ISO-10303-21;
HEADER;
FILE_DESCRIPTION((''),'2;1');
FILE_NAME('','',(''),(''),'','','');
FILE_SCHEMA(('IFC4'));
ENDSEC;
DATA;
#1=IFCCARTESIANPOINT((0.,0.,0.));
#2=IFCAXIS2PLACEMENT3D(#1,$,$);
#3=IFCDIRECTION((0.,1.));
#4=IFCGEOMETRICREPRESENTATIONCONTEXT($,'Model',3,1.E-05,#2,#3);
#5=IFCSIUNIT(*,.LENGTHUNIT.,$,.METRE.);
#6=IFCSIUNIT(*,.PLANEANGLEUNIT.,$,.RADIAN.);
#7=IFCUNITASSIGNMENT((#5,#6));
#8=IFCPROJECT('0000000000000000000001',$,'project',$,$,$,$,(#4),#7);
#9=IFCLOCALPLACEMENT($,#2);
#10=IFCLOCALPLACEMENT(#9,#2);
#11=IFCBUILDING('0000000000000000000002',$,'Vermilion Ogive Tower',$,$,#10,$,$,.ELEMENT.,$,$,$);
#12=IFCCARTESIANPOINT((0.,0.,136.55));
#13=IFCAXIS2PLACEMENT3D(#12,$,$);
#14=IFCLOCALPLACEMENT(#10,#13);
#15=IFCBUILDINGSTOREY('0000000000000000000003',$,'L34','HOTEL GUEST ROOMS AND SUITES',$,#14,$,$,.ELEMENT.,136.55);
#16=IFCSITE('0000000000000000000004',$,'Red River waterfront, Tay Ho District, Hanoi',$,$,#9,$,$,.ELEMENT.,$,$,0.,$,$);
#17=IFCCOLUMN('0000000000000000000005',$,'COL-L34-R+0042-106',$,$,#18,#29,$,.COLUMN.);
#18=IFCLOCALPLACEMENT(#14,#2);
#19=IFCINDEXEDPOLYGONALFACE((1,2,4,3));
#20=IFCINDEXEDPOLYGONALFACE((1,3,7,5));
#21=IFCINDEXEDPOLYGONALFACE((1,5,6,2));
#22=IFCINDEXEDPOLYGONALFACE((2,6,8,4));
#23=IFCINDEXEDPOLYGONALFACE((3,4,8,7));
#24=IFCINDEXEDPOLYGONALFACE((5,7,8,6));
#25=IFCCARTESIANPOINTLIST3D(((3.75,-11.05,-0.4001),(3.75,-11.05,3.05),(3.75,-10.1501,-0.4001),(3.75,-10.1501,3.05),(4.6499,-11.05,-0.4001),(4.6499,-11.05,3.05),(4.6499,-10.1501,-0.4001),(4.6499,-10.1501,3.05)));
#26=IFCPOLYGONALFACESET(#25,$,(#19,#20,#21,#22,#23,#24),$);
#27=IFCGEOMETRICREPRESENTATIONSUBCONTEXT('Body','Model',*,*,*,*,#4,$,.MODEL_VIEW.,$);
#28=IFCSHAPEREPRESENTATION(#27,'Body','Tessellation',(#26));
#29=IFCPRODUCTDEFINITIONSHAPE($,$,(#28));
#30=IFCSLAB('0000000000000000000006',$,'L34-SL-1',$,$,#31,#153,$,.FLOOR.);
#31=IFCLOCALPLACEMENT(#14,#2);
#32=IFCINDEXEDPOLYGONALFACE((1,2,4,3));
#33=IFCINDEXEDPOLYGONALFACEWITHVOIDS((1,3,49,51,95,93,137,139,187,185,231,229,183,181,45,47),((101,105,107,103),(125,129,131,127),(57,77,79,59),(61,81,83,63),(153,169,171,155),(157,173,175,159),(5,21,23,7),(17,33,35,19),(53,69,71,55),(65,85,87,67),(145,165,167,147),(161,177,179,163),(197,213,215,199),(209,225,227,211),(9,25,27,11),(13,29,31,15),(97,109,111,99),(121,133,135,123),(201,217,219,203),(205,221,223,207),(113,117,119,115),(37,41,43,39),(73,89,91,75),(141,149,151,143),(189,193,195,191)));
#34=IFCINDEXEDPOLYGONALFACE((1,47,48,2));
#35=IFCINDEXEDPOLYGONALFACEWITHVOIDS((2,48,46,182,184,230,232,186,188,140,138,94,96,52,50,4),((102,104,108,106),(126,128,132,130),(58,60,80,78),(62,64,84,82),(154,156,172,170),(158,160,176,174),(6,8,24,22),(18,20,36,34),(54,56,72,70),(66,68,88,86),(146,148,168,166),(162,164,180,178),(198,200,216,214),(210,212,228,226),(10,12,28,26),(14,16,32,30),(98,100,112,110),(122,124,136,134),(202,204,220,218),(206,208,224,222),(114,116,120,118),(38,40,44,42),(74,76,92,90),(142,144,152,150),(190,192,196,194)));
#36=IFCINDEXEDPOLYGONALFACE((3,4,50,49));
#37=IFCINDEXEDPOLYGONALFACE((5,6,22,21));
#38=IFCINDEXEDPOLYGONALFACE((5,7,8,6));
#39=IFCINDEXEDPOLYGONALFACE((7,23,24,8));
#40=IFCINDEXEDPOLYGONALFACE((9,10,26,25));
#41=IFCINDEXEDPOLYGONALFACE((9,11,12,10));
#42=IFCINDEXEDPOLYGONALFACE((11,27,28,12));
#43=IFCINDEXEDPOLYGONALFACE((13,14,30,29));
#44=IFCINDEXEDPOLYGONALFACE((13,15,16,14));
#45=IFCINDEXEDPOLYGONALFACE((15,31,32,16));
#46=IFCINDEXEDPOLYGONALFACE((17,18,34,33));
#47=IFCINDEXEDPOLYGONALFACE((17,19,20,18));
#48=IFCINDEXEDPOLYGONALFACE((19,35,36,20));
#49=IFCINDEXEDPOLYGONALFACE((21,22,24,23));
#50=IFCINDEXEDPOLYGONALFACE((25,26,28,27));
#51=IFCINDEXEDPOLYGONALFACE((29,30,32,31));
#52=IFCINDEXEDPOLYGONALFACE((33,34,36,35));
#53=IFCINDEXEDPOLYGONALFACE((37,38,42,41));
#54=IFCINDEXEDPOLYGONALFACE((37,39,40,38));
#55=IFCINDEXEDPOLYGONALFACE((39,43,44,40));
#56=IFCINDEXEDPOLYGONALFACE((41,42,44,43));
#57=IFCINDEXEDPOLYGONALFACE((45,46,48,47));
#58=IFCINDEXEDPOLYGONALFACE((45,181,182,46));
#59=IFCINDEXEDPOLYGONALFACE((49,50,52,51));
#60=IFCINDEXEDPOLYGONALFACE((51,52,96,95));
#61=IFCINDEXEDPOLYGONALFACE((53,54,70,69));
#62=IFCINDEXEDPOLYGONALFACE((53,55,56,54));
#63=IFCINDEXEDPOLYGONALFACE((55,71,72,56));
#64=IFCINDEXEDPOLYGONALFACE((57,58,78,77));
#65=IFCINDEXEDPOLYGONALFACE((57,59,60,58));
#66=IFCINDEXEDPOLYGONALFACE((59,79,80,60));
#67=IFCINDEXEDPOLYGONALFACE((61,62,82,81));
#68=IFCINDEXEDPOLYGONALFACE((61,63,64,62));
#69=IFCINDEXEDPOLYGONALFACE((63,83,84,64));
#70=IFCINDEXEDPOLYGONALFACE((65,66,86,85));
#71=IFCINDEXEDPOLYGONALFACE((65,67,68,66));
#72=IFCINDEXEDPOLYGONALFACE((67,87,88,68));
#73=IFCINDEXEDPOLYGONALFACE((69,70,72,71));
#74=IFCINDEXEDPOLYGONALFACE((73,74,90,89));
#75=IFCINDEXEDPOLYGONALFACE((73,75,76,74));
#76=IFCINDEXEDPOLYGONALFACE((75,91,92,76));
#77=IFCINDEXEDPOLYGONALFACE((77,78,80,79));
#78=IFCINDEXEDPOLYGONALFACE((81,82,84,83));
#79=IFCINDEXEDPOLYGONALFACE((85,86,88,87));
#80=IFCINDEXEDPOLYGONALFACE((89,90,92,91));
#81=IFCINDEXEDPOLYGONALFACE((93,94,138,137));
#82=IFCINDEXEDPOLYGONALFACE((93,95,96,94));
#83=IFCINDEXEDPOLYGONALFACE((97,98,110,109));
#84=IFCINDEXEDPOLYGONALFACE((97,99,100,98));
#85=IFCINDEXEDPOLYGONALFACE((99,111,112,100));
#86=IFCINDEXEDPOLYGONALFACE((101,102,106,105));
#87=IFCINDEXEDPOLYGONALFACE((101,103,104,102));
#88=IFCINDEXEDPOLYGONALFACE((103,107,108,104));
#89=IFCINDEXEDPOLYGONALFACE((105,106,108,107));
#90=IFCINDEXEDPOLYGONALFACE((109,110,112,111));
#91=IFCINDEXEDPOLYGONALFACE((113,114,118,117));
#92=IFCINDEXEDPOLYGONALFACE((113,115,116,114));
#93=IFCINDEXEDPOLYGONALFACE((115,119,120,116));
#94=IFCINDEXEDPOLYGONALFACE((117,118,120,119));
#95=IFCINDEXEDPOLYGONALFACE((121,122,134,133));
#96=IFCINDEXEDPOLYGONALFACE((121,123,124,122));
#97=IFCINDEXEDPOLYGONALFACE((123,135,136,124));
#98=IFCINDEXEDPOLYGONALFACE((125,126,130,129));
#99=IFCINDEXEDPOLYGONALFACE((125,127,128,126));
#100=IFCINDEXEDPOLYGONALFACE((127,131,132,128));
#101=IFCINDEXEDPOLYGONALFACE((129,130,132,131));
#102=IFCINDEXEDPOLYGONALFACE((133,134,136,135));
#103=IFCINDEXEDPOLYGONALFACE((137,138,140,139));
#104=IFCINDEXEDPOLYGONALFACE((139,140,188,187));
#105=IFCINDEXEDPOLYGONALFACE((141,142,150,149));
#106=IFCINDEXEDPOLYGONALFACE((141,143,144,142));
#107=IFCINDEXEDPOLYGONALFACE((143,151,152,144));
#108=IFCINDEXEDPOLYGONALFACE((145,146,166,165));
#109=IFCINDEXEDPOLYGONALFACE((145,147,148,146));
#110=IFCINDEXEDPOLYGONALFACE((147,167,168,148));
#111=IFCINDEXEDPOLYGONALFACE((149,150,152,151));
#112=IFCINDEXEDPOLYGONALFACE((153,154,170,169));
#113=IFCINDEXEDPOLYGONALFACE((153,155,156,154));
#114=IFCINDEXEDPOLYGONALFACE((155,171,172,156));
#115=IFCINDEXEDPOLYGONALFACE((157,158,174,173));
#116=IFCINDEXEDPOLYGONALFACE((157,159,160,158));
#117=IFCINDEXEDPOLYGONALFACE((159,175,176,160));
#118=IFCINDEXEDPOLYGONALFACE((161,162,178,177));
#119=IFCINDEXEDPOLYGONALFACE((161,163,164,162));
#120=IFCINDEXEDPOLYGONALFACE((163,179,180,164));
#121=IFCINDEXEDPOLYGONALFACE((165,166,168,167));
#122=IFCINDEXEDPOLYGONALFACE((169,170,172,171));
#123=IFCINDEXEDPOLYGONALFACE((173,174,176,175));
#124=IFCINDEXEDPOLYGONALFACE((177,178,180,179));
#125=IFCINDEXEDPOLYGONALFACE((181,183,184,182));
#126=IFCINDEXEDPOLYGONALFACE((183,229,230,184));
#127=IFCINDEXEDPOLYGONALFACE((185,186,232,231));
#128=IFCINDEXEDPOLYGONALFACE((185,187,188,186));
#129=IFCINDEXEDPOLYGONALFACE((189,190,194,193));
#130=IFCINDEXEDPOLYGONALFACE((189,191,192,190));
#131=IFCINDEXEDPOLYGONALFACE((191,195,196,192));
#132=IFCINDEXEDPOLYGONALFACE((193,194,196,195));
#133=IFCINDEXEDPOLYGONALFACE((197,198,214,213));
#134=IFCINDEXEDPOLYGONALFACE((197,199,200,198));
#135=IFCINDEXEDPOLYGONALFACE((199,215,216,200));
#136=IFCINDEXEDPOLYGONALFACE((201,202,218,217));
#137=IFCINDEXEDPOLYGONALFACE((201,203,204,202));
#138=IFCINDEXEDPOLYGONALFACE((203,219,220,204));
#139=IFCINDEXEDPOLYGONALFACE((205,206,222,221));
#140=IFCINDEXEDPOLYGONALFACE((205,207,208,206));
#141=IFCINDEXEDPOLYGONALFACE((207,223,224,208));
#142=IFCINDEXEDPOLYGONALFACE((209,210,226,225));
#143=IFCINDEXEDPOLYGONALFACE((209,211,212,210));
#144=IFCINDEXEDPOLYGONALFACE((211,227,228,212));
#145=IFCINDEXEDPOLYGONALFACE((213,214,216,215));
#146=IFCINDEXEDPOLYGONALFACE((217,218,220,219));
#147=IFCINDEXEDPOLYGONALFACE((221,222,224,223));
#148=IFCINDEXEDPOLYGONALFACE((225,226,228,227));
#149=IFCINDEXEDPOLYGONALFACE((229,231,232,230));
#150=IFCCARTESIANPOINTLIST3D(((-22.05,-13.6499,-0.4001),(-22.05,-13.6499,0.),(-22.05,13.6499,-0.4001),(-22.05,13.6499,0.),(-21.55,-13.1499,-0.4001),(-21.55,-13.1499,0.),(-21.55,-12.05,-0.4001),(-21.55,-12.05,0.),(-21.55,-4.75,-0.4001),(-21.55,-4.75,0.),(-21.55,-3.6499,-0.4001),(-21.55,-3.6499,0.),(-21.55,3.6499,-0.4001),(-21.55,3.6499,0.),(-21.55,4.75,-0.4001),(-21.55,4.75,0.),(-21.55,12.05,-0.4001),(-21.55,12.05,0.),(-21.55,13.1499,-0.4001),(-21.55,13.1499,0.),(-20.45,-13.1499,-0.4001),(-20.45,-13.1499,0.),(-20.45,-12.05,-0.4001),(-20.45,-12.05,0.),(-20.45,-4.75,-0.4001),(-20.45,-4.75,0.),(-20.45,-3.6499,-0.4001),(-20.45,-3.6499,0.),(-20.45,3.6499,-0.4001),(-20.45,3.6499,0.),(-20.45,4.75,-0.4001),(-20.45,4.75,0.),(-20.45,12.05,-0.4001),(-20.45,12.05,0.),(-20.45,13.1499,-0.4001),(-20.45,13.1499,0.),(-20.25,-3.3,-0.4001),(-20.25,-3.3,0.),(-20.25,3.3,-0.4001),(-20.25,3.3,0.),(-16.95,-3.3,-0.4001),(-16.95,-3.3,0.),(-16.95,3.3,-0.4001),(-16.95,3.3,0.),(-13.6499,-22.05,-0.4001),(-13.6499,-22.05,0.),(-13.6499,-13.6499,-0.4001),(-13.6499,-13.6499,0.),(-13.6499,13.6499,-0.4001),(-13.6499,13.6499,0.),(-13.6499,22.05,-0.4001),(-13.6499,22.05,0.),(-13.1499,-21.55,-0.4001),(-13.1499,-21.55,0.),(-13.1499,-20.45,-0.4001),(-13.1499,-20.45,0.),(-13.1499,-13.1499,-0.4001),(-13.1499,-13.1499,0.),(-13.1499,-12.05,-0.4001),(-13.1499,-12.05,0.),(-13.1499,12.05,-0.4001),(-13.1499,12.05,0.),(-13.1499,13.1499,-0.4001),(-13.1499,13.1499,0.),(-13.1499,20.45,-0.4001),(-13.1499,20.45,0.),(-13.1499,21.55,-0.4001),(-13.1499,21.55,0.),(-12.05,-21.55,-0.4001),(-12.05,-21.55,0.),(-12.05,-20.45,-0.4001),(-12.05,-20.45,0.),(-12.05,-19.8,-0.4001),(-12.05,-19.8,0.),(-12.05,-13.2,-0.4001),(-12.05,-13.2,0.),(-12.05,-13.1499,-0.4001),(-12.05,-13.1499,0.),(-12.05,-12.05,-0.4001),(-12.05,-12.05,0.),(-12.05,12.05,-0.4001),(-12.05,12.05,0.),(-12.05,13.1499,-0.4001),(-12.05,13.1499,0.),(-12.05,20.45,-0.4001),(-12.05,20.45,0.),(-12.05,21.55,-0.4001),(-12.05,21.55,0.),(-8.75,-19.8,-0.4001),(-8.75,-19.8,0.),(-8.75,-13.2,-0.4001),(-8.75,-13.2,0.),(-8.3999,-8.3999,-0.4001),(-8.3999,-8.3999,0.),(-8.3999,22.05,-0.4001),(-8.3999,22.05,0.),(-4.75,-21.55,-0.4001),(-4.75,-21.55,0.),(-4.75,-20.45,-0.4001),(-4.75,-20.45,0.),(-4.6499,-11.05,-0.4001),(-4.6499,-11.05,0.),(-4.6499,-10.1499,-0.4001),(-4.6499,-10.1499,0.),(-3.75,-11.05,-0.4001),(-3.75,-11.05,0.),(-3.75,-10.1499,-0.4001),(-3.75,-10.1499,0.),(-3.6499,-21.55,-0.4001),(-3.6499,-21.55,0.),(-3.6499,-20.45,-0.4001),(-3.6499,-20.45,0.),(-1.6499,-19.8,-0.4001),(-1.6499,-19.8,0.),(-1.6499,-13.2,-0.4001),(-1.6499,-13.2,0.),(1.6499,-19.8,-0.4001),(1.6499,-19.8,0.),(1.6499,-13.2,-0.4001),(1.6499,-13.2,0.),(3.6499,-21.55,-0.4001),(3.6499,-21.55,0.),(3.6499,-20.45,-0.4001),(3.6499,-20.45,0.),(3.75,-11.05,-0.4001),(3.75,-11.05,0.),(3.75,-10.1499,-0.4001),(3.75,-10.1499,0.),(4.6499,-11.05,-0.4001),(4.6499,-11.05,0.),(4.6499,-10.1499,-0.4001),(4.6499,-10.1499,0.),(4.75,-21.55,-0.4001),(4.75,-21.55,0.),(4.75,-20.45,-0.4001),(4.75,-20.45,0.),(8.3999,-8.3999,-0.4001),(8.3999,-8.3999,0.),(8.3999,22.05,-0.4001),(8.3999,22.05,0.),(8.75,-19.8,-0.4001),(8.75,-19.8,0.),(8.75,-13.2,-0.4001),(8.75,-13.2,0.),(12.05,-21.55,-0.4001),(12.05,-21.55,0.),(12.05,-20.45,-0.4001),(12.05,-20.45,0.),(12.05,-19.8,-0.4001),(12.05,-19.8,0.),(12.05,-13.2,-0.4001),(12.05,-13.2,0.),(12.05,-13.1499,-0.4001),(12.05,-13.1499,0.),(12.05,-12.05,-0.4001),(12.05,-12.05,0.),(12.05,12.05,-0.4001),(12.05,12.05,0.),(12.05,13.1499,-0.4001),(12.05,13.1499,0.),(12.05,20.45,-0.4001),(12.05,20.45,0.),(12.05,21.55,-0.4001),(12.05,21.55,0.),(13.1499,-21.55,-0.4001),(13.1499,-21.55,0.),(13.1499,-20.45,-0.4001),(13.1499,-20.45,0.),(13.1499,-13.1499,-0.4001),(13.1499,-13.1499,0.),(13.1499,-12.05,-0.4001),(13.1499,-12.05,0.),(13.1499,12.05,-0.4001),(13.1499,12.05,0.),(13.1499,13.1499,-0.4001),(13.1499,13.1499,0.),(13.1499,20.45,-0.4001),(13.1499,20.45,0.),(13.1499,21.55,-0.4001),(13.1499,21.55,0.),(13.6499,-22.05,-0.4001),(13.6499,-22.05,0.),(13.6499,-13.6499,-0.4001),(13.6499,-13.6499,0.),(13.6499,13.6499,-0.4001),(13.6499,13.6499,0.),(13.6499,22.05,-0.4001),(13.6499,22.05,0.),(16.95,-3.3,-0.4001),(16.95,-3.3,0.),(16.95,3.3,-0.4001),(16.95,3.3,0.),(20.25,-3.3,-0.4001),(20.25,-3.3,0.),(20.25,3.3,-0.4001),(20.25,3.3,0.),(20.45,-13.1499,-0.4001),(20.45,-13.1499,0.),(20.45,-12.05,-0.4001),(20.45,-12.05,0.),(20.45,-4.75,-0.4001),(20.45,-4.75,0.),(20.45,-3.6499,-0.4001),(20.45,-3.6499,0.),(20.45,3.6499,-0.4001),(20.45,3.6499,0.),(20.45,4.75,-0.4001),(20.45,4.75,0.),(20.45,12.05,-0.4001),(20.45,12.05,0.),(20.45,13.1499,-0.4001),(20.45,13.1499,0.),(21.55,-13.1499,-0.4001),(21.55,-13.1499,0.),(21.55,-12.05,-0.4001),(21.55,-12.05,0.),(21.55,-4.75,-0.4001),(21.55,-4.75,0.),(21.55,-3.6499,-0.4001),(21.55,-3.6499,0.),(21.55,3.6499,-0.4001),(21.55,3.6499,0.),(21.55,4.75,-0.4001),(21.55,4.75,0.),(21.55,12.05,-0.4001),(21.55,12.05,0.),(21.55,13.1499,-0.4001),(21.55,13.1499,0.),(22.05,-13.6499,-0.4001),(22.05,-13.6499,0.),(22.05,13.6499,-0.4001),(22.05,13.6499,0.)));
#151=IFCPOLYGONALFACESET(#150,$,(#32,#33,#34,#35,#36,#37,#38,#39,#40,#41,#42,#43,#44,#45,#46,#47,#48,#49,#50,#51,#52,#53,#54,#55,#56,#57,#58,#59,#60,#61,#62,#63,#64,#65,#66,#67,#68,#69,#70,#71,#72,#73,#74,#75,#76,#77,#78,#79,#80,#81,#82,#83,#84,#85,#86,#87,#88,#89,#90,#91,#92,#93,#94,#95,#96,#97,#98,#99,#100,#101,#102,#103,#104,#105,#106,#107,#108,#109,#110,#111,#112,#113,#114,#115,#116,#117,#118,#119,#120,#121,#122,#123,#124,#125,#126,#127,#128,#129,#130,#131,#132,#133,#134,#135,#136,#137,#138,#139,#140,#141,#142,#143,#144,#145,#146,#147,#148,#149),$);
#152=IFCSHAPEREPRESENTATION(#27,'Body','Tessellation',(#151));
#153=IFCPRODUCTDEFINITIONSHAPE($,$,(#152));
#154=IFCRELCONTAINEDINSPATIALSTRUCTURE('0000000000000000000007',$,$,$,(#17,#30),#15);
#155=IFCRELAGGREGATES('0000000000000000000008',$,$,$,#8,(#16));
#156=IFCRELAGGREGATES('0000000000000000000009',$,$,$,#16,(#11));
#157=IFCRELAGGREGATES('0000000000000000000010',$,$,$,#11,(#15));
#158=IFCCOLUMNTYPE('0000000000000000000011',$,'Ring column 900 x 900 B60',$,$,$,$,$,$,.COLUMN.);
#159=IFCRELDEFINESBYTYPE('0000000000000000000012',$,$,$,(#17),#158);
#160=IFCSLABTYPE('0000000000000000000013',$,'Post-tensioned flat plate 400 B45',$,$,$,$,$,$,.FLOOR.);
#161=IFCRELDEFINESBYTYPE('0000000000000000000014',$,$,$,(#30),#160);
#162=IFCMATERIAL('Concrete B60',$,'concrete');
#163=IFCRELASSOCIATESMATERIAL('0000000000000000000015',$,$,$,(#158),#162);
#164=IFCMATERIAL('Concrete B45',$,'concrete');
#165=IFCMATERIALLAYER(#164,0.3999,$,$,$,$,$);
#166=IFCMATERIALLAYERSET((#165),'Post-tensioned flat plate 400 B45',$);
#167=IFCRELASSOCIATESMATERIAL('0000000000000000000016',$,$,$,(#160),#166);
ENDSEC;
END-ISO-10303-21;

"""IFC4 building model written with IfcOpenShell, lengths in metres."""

from ifc_helpers import new_model, si_unit, direction, frame, origin, origin_2d, place, context, subcontext, project, spatial, polyline, rectangle, outline, extrude, material, layer, layer_set, material_profile, profile_set, type_object, element, save


model = new_model("IFC4")

# Units and contexts
model_context = context("Model", 3, precision=1e-05, world=origin(), true_north=direction((0.0, 1.0)))
body_context = subcontext(model_context, "Body", "Model", "MODEL_VIEW")
ifc_project = project(units=[si_unit("LENGTHUNIT", "METRE"), si_unit("PLANEANGLEUNIT", "RADIAN")], contexts=[model_context])

# Site, building, storey
site_placement = place(None, origin())
site = spatial("IfcSite", under=ifc_project, at=site_placement, Name="Red River waterfront, Tay Ho District, Hanoi", CompositionType="ELEMENT", RefElevation=0.0)
building_placement = place(site_placement, origin())
building = spatial("IfcBuilding", under=site, at=building_placement, Name="Vermilion Ogive Tower", CompositionType="ELEMENT")
storey_placement = place(building_placement, frame((0.0, 0.0, 136.55)))
storey = spatial("IfcBuildingStorey", under=building, at=storey_placement, Name="L34", Description="HOTEL GUEST ROOMS AND SUITES", CompositionType="ELEMENT", Elevation=136.55)

# Column
ifc_material_1 = material(Name="Concrete B60", Category="concrete")
ifc_material_profile = material_profile(ifc_material_1, rectangle(XDim=0.8999, YDim=0.8999, at=origin_2d()), Name="900 x 900")
ifc_profile_set = profile_set([ifc_material_profile], Name="Concrete B60")
column_type = type_object("IfcColumnType", Name="Ring column 900 x 900 B60", PredefinedType="COLUMN", material=ifc_profile_set)
column_placement = place(storey_placement, frame((4.2, -10.6001, -0.4001), z_axis=(0.0, 0.0, 1.0), x_axis=(1.0, 0.0, 0.0)))
element("IfcColumn", 1, at=column_placement, inside=storey, type_object=column_type, Name="COL-L34-R+0042-106", PredefinedType="COLUMN", context=body_context, shape_type="SweptSolid", body=[
    extrude(rectangle(XDim=0.8999, YDim=0.8999, at=origin_2d()), origin(), (0.0, 0.0, 1.0), 3.4502),
])

# Slab
ifc_material_2 = material(Name="Concrete B45", Category="concrete")
ifc_layer_1 = layer(ifc_material_2, 0.3999)
ifc_layer_set_1 = layer_set([ifc_layer_1], Name="Post-tensioned flat plate 400 B45")
slab_type = type_object("IfcSlabType", Name="Post-tensioned flat plate 400 B45", PredefinedType="FLOOR", material=ifc_layer_set_1)
slab_placement = place(storey_placement, frame((0.0, 0.0, -0.4001)))
element("IfcSlab", 2, at=slab_placement, inside=storey, type_object=slab_type, Name="L34-SL-1", PredefinedType="FLOOR", context=body_context, shape_type="SweptSolid", body=[
    extrude(outline(polyline([(-13.6499, -13.6499), (-22.05, -13.6499), (-22.05, 13.6499), (-13.6499, 13.6499), (-13.6499, 22.05), (-8.3999, 22.05), (-8.3999, -8.3999), (8.3999, -8.3999), (8.3999, 22.05), (13.6499, 22.05), (13.6499, 13.6499), (22.05, 13.6499), (22.05, -13.6499), (13.6499, -13.6499), (13.6499, -22.05), (-13.6499, -22.05), (-13.6499, -13.6499)]), holes=[polyline([(21.55, 12.05), (21.55, 13.1499), (20.45, 13.1499), (20.45, 12.05), (21.55, 12.05)]), polyline([(21.55, 3.6499), (21.55, 4.75), (20.45, 4.75), (20.45, 3.6499), (21.55, 3.6499)]), polyline([(21.55, -4.75), (21.55, -3.6499), (20.45, -3.6499), (20.45, -4.75), (21.55, -4.75)]), polyline([(21.55, -13.1499), (21.55, -12.05), (20.45, -12.05), (20.45, -13.1499), (21.55, -13.1499)]), polyline([(20.25, -3.3), (20.25, 3.3), (16.95, 3.3), (16.95, -3.3), (20.25, -3.3)]), polyline([(13.1499, 20.45), (13.1499, 21.55), (12.05, 21.55), (12.05, 20.45), (13.1499, 20.45)]), polyline([(13.1499, 12.05), (13.1499, 13.1499), (12.05, 13.1499), (12.05, 12.05), (13.1499, 12.05)]), polyline([(13.1499, -13.1499), (13.1499, -12.05), (12.05, -12.05), (12.05, -13.1499), (13.1499, -13.1499)]), polyline([(13.1499, -21.55), (13.1499, -20.45), (12.05, -20.45), (12.05, -21.55), (13.1499, -21.55)]), polyline([(12.05, -19.8), (12.05, -13.2), (8.75, -13.2), (8.75, -19.8), (12.05, -19.8)]), polyline([(4.75, -20.45), (3.6499, -20.45), (3.6499, -21.55), (4.75, -21.55), (4.75, -20.45)]), polyline([(4.6499, -11.05), (4.6499, -10.1499), (3.75, -10.1499), (3.75, -11.05), (4.6499, -11.05)]), polyline([(1.6499, -19.8), (1.6499, -13.2), (-1.6499, -13.2), (-1.6499, -19.8), (1.6499, -19.8)]), polyline([(-3.6499, -21.55), (-3.6499, -20.45), (-4.75, -20.45), (-4.75, -21.55), (-3.6499, -21.55)]), polyline([(-3.75, -11.05), (-3.75, -10.1499), (-4.6499, -10.1499), (-4.6499, -11.05), (-3.75, -11.05)]), polyline([(-8.75, -19.8), (-8.75, -13.2), (-12.05, -13.2), (-12.05, -19.8), (-8.75, -19.8)]), polyline([(-12.05, 20.45), (-12.05, 21.55), (-13.1499, 21.55), (-13.1499, 20.45), (-12.05, 20.45)]), polyline([(-12.05, 12.05), (-12.05, 13.1499), (-13.1499, 13.1499), (-13.1499, 12.05), (-12.05, 12.05)]), polyline([(-12.05, -13.1499), (-12.05, -12.05), (-13.1499, -12.05), (-13.1499, -13.1499), (-12.05, -13.1499)]), polyline([(-12.05, -20.45), (-13.1499, -20.45), (-13.1499, -21.55), (-12.05, -21.55), (-12.05, -20.45)]), polyline([(-16.95, -3.3), (-16.95, 3.3), (-20.25, 3.3), (-20.25, -3.3), (-16.95, -3.3)]), polyline([(-20.45, -13.1499), (-20.45, -12.05), (-21.55, -12.05), (-21.55, -13.1499), (-20.45, -13.1499)]), polyline([(-20.45, 12.05), (-20.45, 13.1499), (-21.55, 13.1499), (-21.55, 12.05), (-20.45, 12.05)]), polyline([(-20.45, 3.6499), (-20.45, 4.75), (-21.55, 4.75), (-21.55, 3.6499), (-20.45, 3.6499)]), polyline([(-20.45, -4.75), (-20.45, -3.6499), (-21.55, -3.6499), (-21.55, -4.75), (-20.45, -4.75)])]), origin(), (0.0, 0.0, 1.0), 0.4001),
])

save(model, "model.ifc")
